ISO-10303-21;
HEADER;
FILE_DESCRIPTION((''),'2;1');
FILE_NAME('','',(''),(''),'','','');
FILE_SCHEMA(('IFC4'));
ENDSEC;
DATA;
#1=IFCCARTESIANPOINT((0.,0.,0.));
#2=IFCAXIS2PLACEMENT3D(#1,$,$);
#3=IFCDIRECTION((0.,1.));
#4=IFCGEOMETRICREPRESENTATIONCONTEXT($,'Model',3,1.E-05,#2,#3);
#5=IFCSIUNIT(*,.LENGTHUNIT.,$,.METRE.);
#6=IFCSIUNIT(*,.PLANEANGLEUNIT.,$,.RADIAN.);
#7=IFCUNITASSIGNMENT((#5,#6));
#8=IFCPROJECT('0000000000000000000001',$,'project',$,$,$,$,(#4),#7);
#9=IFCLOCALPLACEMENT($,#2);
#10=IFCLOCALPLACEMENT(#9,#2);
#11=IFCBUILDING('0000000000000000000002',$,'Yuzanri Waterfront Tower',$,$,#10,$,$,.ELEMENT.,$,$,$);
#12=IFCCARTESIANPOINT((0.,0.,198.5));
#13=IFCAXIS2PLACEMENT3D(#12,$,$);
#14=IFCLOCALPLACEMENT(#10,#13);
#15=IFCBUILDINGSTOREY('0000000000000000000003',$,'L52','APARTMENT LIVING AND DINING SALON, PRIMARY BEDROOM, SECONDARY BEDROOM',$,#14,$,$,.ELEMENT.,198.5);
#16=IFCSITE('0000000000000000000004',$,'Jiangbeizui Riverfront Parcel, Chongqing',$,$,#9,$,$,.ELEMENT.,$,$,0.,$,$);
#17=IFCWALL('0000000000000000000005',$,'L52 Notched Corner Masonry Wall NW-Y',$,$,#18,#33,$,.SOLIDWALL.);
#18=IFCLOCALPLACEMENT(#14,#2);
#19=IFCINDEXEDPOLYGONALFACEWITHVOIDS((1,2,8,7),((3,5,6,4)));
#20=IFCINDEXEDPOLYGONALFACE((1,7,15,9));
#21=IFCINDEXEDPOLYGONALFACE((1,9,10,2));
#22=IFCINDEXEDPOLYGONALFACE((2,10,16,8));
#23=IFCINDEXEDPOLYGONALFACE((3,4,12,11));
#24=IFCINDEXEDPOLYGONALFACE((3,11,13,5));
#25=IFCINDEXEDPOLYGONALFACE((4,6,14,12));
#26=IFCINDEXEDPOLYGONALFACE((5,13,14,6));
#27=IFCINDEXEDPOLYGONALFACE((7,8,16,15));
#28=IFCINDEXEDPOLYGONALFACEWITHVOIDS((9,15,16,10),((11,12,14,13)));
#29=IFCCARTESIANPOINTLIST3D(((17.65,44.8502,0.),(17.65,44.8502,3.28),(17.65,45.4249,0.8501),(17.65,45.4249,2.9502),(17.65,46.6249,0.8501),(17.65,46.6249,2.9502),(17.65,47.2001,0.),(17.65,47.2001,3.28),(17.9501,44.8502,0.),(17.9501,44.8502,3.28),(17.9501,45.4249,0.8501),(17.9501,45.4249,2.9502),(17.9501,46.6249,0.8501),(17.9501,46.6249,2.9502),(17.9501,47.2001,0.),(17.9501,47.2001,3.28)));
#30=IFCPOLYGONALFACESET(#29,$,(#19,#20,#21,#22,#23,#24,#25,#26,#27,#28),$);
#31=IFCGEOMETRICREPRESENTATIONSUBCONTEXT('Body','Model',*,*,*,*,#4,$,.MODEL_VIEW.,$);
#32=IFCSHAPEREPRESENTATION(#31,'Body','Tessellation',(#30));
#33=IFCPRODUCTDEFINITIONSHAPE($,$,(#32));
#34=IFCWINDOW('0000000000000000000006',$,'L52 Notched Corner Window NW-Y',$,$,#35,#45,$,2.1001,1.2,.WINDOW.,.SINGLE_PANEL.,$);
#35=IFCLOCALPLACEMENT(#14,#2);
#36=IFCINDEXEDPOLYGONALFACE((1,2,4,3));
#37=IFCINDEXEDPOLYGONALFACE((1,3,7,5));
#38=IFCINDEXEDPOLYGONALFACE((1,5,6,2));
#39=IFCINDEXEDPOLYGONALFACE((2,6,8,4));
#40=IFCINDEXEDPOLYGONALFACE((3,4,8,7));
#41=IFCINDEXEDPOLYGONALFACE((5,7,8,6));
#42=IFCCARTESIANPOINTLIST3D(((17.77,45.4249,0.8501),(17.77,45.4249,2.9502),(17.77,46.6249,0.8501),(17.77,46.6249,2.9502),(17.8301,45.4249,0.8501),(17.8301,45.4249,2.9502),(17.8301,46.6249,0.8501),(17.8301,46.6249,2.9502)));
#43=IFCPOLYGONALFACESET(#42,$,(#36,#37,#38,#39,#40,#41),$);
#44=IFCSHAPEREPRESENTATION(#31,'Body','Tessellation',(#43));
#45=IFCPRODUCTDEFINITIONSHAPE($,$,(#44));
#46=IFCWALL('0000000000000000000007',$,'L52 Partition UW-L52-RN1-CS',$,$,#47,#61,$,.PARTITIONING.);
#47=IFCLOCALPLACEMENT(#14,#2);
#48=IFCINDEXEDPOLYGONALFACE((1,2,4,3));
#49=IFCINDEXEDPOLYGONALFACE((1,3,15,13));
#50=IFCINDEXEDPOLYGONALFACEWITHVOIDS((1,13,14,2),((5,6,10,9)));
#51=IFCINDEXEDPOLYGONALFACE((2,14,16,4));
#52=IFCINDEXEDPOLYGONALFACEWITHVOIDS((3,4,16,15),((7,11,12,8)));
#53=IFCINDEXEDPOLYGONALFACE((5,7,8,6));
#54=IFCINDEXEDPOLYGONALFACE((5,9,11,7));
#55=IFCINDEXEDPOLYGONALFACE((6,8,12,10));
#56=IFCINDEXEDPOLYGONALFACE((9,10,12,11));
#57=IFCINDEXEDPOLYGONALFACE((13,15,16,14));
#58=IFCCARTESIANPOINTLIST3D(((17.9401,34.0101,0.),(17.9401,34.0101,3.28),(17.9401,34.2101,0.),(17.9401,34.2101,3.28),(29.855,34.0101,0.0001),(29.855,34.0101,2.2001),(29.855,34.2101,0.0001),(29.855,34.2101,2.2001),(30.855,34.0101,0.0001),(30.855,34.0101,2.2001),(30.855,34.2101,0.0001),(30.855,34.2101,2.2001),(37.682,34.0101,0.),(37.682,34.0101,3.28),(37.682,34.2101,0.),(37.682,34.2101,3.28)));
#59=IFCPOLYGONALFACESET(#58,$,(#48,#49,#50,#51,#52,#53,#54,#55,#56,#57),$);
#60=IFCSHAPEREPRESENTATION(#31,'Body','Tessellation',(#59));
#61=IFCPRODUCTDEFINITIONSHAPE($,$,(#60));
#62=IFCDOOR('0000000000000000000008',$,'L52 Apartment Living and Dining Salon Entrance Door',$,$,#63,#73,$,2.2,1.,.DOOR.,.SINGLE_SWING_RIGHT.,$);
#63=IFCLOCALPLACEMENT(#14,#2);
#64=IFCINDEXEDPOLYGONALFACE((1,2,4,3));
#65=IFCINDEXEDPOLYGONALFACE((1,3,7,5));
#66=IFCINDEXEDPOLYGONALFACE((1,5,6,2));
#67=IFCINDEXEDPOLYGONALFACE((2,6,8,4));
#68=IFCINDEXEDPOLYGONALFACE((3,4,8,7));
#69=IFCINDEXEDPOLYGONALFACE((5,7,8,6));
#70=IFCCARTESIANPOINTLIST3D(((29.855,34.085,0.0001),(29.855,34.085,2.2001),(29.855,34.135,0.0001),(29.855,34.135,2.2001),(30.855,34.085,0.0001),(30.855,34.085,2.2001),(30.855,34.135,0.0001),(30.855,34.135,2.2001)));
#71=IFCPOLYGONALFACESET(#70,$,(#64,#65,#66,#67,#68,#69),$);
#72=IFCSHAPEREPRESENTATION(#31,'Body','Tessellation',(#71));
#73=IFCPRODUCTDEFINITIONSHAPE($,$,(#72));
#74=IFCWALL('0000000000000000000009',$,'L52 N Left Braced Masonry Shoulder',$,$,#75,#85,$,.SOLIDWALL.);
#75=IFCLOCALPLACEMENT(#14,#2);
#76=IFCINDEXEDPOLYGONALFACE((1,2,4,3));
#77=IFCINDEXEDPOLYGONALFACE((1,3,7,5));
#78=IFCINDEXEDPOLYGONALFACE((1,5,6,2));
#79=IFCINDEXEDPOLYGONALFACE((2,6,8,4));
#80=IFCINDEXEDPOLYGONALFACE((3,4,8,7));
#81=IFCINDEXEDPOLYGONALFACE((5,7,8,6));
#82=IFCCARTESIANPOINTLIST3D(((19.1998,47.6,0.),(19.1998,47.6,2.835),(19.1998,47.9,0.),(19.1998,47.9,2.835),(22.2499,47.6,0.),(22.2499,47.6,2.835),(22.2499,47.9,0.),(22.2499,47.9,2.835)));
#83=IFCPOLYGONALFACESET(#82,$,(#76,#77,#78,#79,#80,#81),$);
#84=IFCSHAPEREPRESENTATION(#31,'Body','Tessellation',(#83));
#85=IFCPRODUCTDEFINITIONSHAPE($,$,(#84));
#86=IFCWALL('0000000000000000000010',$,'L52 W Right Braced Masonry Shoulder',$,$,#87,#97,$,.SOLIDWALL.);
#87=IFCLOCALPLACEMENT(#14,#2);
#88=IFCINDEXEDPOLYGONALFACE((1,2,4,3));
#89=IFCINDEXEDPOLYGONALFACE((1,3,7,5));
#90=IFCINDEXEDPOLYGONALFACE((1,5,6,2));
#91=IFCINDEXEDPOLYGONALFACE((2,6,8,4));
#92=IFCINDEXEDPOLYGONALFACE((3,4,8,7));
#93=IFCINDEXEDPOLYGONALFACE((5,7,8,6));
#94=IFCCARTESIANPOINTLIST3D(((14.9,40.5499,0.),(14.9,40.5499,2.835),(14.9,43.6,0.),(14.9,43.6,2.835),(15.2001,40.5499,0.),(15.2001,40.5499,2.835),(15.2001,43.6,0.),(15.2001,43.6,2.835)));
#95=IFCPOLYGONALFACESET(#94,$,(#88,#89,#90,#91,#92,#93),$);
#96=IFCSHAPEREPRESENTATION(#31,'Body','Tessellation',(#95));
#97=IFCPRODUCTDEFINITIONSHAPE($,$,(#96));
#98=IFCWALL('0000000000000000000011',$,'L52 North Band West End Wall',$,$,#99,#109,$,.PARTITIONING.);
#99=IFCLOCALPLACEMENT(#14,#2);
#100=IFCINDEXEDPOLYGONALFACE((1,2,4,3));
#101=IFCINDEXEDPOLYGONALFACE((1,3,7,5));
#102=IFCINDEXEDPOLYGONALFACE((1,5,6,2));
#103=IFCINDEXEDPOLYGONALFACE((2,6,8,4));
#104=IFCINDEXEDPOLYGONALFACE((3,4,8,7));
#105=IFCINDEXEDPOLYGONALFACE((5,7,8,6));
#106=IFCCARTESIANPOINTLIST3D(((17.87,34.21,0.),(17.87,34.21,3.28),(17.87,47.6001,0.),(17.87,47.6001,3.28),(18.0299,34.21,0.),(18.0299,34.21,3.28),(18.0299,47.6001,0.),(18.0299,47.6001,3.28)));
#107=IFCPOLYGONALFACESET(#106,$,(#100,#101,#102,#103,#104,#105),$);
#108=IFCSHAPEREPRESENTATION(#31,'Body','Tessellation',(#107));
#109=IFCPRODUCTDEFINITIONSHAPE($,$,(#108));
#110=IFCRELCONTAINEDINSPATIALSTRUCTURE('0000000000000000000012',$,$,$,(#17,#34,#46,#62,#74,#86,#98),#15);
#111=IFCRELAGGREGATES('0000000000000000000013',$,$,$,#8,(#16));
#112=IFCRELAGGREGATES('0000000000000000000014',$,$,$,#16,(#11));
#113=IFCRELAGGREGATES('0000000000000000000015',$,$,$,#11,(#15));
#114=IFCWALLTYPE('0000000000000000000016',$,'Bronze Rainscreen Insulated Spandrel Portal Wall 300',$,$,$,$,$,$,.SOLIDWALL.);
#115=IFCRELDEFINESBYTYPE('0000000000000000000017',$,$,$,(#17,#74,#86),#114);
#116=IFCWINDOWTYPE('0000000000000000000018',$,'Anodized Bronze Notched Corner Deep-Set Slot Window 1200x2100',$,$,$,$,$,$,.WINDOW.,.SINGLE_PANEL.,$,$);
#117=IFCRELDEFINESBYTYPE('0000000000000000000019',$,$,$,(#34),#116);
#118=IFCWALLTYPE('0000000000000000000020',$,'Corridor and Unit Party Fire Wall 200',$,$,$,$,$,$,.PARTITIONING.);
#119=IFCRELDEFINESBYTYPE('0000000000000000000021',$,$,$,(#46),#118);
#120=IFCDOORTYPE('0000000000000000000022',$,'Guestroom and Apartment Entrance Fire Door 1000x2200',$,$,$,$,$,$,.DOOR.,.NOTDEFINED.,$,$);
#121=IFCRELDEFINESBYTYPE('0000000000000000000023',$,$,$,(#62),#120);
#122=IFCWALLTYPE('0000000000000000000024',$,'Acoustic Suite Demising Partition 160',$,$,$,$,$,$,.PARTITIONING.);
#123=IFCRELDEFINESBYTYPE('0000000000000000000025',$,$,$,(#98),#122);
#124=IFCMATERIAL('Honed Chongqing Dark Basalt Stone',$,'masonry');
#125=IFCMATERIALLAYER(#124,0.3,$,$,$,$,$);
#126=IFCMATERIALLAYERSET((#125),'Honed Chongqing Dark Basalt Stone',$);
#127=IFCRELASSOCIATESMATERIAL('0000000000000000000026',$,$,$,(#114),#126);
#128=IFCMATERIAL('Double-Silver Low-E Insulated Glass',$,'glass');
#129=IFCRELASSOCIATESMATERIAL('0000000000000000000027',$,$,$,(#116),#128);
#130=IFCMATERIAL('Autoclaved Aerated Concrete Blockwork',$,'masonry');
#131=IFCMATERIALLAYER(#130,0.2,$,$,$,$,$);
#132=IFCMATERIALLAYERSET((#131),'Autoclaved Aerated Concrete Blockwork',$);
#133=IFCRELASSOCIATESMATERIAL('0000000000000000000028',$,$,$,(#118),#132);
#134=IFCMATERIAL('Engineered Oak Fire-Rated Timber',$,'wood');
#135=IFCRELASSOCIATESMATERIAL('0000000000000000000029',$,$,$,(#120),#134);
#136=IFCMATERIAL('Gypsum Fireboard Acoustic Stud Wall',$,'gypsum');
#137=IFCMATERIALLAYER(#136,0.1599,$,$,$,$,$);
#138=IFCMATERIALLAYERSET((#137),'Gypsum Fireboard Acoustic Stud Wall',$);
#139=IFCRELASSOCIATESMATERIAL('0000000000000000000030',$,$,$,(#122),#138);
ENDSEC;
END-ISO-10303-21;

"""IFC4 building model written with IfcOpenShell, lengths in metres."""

from ifc_helpers import new_model, si_unit, direction, frame, frame_2d, origin, place, context, subcontext, project, spatial, rectangle, extrude, source, transform, mapped, material, layer, layer_set, type_object, element, fill, save


model = new_model("IFC4")

# Units and contexts
model_context = context("Model", 3, precision=1e-05, world=origin(), true_north=direction((0.0, 1.0)))
body_context = subcontext(model_context, "Body", "Model", "MODEL_VIEW")
ifc_project = project(units=[si_unit("LENGTHUNIT", "METRE"), si_unit("PLANEANGLEUNIT", "RADIAN")], contexts=[model_context])

# Site, building, storey
site_placement = place(None, origin())
site = spatial("IfcSite", under=ifc_project, at=site_placement, Name="Jiangbeizui Riverfront Parcel, Chongqing", CompositionType="ELEMENT", RefElevation=0.0)
building_placement = place(site_placement, origin())
building = spatial("IfcBuilding", under=site, at=building_placement, Name="Yuzanri Waterfront Tower", CompositionType="ELEMENT")
storey_placement = place(building_placement, frame((0.0, 0.0, 198.5)))
storey = spatial("IfcBuildingStorey", under=building, at=storey_placement, Name="L52", Description="APARTMENT LIVING AND DINING SALON, PRIMARY BEDROOM, SECONDARY BEDROOM", CompositionType="ELEMENT", Elevation=198.5)

# Wall, opening, window
ifc_material_1 = material(Name="Honed Chongqing Dark Basalt Stone", Category="masonry")
ifc_layer_1 = layer(ifc_material_1, 0.3)
ifc_layer_set_1 = layer_set([ifc_layer_1], Name="Honed Chongqing Dark Basalt Stone")
wall_type_1 = type_object("IfcWallType", Name="Bronze Rainscreen Insulated Spandrel Portal Wall 300", PredefinedType="SOLIDWALL", material=ifc_layer_set_1)
wall_1_placement = place(storey_placement, frame((17.8, 47.2, 0.0), z_axis=(0.0, 0.0, 1.0), x_axis=(0.0, -1.0, 0.0)))
wall_1 = element("IfcWall", 1, at=wall_1_placement, inside=storey, type_object=wall_type_1, Name="L52 Notched Corner Masonry Wall NW-Y", PredefinedType="SOLIDWALL", context=body_context, shape_type="SweptSolid", body=[
    extrude(rectangle(XDim=2.3499, YDim=0.3, at=frame_2d((1.1748, 0.0))), origin(), (0.0, 0.0, 1.0), 3.28),
])
opening_1_placement = place(wall_1_placement, frame((0.575, 0.0, 0.8501)))
opening_1 = element("IfcOpeningElement", 2, at=opening_1_placement, cuts=wall_1, PredefinedType="OPENING", context=body_context, shape_type="SweptSolid", body=[
    extrude(rectangle(XDim=1.2, YDim=2.1001, at=frame_2d((0.6001, 1.05))), frame((0.0, 0.165, 0.0), z_axis=(0.0, -1.0, 0.0), x_axis=(1.0, 0.0, 0.0)), (0.0, 0.0, 1.0), 0.3298),
])
ifc_material_2 = material(Name="Double-Silver Low-E Insulated Glass", Category="glass")
window_type_1 = type_object("IfcWindowType", Name="Anodized Bronze Notched Corner Deep-Set Slot Window 1200x2100", PartitioningType="SINGLE_PANEL", PredefinedType="WINDOW", material=ifc_material_2)
shared_shape_1 = source(origin(), body_context, "Body", "SweptSolid", [
    extrude(rectangle(XDim=1.2, YDim=2.1001, at=frame_2d((0.6001, 1.05))), frame((0.0, 0.03, 0.0), z_axis=(0.0, -1.0, 0.0), x_axis=(1.0, 0.0, 0.0)), (0.0, 0.0, 1.0), 0.0601),
])
window_1_placement = place(opening_1_placement, origin())
window_1 = element("IfcWindow", 3, at=window_1_placement, inside=storey, type_object=window_type_1, Name="L52 Notched Corner Window NW-Y", OverallHeight=2.1001, OverallWidth=1.2, PartitioningType="SINGLE_PANEL", PredefinedType="WINDOW", context=body_context, shape_type="MappedRepresentation", body=[
    mapped(shared_shape_1, transform((0.0, 0.0, 0.0), scale=1.0)),
])
fill(opening_1, window_1)

# Wall, opening, door
ifc_material_3 = material(Name="Autoclaved Aerated Concrete Blockwork", Category="masonry")
ifc_layer_2 = layer(ifc_material_3, 0.2)
ifc_layer_set_2 = layer_set([ifc_layer_2], Name="Autoclaved Aerated Concrete Blockwork")
wall_type_2 = type_object("IfcWallType", Name="Corridor and Unit Party Fire Wall 200", PredefinedType="PARTITIONING", material=ifc_layer_set_2)
wall_2_placement = place(storey_placement, frame((17.9399, 34.1101, 0.0), z_axis=(0.0, 0.0, 1.0), x_axis=(1.0, 0.0, 0.0)))
wall_2 = element("IfcWall", 4, at=wall_2_placement, inside=storey, type_object=wall_type_2, Name="L52 Partition UW-L52-RN1-CS", PredefinedType="PARTITIONING", context=body_context, shape_type="SweptSolid", body=[
    extrude(rectangle(XDim=19.7419, YDim=0.2, at=frame_2d((9.8711, 0.0))), origin(), (0.0, 0.0, 1.0), 3.28),
])
opening_2_placement = place(wall_2_placement, frame((11.915, 0.0, 0.0)))
opening_2 = element("IfcOpeningElement", 5, at=opening_2_placement, cuts=wall_2, PredefinedType="OPENING", context=body_context, shape_type="SweptSolid", body=[
    extrude(rectangle(XDim=1.0, YDim=2.2, at=frame_2d((0.5, 1.1001))), frame((0.0, 0.1147, 0.0), z_axis=(0.0, -1.0, 0.0), x_axis=(1.0, 0.0, 0.0)), (0.0, 0.0, 1.0), 0.2297),
])
ifc_material_4 = material(Name="Engineered Oak Fire-Rated Timber", Category="wood")
door_type_1 = type_object("IfcDoorType", Name="Guestroom and Apartment Entrance Fire Door 1000x2200", OperationType="NOTDEFINED", PredefinedType="DOOR", material=ifc_material_4)
shared_shape_2 = source(origin(), body_context, "Body", "SweptSolid", [
    extrude(rectangle(XDim=1.0, YDim=2.2, at=frame_2d((0.5, 1.1001))), frame((0.0, 0.0249, 0.0), z_axis=(0.0, -1.0, 0.0), x_axis=(1.0, 0.0, 0.0)), (0.0, 0.0, 1.0), 0.05),
])
door_1_placement = place(opening_2_placement, origin())
door_1 = element("IfcDoor", 6, at=door_1_placement, inside=storey, type_object=door_type_1, Name="L52 Apartment Living and Dining Salon Entrance Door", OperationType="SINGLE_SWING_RIGHT", OverallHeight=2.2, OverallWidth=1.0, PredefinedType="DOOR", context=body_context, shape_type="MappedRepresentation", body=[
    mapped(shared_shape_2, transform((0.0, 0.0, 0.0), scale=1.0)),
])
fill(opening_2, door_1)

# Walls
shared_shape_3 = source(origin(), body_context, "Body", "SweptSolid", [
    extrude(rectangle(XDim=3.05, YDim=0.3, at=frame_2d((1.5249, 0.0))), origin(), (0.0, 0.0, 1.0), 2.835),
])
for number, where, z_axis, x_axis, name in (
    (7, (19.2, 47.75, 0.0), (0.0, 0.0, 1.0), (1.0, 0.0, 0.0), "L52 N Left Braced Masonry Shoulder"),
    (8, (15.05, 40.55, 0.0), (0.0, 0.0, 1.0), (0.0, 1.0, 0.0), "L52 W Right Braced Masonry Shoulder"),
):
    element("IfcWall", number, at=place(storey_placement, frame(where, z_axis=z_axis, x_axis=x_axis)), inside=storey, type_object=wall_type_1, Name=name, PredefinedType="SOLIDWALL", context=body_context, shape_type="MappedRepresentation", body=[
        mapped(shared_shape_3, transform((0.0, 0.0, 0.0), scale=1.0)),
    ])
ifc_material_5 = material(Name="Gypsum Fireboard Acoustic Stud Wall", Category="gypsum")
ifc_layer_3 = layer(ifc_material_5, 0.1599)
ifc_layer_set_3 = layer_set([ifc_layer_3], Name="Gypsum Fireboard Acoustic Stud Wall")
wall_type_3 = type_object("IfcWallType", Name="Acoustic Suite Demising Partition 160", PredefinedType="PARTITIONING", material=ifc_layer_set_3)
shared_shape_4 = source(origin(), body_context, "Body", "SweptSolid", [
    extrude(rectangle(XDim=13.3901, YDim=0.1599, at=frame_2d((6.6951, 0.0))), origin(), (0.0, 0.0, 1.0), 3.28),
])
wall_3_placement = place(storey_placement, frame((17.95, 34.21, 0.0), z_axis=(0.0, 0.0, 1.0), x_axis=(0.0, 1.0, 0.0)))
element("IfcWall", 9, at=wall_3_placement, inside=storey, type_object=wall_type_3, Name="L52 North Band West End Wall", PredefinedType="PARTITIONING", context=body_context, shape_type="MappedRepresentation", body=[
    mapped(shared_shape_4, transform((0.0, 0.0, 0.0), scale=1.0)),
])

save(model, "model.ifc")
